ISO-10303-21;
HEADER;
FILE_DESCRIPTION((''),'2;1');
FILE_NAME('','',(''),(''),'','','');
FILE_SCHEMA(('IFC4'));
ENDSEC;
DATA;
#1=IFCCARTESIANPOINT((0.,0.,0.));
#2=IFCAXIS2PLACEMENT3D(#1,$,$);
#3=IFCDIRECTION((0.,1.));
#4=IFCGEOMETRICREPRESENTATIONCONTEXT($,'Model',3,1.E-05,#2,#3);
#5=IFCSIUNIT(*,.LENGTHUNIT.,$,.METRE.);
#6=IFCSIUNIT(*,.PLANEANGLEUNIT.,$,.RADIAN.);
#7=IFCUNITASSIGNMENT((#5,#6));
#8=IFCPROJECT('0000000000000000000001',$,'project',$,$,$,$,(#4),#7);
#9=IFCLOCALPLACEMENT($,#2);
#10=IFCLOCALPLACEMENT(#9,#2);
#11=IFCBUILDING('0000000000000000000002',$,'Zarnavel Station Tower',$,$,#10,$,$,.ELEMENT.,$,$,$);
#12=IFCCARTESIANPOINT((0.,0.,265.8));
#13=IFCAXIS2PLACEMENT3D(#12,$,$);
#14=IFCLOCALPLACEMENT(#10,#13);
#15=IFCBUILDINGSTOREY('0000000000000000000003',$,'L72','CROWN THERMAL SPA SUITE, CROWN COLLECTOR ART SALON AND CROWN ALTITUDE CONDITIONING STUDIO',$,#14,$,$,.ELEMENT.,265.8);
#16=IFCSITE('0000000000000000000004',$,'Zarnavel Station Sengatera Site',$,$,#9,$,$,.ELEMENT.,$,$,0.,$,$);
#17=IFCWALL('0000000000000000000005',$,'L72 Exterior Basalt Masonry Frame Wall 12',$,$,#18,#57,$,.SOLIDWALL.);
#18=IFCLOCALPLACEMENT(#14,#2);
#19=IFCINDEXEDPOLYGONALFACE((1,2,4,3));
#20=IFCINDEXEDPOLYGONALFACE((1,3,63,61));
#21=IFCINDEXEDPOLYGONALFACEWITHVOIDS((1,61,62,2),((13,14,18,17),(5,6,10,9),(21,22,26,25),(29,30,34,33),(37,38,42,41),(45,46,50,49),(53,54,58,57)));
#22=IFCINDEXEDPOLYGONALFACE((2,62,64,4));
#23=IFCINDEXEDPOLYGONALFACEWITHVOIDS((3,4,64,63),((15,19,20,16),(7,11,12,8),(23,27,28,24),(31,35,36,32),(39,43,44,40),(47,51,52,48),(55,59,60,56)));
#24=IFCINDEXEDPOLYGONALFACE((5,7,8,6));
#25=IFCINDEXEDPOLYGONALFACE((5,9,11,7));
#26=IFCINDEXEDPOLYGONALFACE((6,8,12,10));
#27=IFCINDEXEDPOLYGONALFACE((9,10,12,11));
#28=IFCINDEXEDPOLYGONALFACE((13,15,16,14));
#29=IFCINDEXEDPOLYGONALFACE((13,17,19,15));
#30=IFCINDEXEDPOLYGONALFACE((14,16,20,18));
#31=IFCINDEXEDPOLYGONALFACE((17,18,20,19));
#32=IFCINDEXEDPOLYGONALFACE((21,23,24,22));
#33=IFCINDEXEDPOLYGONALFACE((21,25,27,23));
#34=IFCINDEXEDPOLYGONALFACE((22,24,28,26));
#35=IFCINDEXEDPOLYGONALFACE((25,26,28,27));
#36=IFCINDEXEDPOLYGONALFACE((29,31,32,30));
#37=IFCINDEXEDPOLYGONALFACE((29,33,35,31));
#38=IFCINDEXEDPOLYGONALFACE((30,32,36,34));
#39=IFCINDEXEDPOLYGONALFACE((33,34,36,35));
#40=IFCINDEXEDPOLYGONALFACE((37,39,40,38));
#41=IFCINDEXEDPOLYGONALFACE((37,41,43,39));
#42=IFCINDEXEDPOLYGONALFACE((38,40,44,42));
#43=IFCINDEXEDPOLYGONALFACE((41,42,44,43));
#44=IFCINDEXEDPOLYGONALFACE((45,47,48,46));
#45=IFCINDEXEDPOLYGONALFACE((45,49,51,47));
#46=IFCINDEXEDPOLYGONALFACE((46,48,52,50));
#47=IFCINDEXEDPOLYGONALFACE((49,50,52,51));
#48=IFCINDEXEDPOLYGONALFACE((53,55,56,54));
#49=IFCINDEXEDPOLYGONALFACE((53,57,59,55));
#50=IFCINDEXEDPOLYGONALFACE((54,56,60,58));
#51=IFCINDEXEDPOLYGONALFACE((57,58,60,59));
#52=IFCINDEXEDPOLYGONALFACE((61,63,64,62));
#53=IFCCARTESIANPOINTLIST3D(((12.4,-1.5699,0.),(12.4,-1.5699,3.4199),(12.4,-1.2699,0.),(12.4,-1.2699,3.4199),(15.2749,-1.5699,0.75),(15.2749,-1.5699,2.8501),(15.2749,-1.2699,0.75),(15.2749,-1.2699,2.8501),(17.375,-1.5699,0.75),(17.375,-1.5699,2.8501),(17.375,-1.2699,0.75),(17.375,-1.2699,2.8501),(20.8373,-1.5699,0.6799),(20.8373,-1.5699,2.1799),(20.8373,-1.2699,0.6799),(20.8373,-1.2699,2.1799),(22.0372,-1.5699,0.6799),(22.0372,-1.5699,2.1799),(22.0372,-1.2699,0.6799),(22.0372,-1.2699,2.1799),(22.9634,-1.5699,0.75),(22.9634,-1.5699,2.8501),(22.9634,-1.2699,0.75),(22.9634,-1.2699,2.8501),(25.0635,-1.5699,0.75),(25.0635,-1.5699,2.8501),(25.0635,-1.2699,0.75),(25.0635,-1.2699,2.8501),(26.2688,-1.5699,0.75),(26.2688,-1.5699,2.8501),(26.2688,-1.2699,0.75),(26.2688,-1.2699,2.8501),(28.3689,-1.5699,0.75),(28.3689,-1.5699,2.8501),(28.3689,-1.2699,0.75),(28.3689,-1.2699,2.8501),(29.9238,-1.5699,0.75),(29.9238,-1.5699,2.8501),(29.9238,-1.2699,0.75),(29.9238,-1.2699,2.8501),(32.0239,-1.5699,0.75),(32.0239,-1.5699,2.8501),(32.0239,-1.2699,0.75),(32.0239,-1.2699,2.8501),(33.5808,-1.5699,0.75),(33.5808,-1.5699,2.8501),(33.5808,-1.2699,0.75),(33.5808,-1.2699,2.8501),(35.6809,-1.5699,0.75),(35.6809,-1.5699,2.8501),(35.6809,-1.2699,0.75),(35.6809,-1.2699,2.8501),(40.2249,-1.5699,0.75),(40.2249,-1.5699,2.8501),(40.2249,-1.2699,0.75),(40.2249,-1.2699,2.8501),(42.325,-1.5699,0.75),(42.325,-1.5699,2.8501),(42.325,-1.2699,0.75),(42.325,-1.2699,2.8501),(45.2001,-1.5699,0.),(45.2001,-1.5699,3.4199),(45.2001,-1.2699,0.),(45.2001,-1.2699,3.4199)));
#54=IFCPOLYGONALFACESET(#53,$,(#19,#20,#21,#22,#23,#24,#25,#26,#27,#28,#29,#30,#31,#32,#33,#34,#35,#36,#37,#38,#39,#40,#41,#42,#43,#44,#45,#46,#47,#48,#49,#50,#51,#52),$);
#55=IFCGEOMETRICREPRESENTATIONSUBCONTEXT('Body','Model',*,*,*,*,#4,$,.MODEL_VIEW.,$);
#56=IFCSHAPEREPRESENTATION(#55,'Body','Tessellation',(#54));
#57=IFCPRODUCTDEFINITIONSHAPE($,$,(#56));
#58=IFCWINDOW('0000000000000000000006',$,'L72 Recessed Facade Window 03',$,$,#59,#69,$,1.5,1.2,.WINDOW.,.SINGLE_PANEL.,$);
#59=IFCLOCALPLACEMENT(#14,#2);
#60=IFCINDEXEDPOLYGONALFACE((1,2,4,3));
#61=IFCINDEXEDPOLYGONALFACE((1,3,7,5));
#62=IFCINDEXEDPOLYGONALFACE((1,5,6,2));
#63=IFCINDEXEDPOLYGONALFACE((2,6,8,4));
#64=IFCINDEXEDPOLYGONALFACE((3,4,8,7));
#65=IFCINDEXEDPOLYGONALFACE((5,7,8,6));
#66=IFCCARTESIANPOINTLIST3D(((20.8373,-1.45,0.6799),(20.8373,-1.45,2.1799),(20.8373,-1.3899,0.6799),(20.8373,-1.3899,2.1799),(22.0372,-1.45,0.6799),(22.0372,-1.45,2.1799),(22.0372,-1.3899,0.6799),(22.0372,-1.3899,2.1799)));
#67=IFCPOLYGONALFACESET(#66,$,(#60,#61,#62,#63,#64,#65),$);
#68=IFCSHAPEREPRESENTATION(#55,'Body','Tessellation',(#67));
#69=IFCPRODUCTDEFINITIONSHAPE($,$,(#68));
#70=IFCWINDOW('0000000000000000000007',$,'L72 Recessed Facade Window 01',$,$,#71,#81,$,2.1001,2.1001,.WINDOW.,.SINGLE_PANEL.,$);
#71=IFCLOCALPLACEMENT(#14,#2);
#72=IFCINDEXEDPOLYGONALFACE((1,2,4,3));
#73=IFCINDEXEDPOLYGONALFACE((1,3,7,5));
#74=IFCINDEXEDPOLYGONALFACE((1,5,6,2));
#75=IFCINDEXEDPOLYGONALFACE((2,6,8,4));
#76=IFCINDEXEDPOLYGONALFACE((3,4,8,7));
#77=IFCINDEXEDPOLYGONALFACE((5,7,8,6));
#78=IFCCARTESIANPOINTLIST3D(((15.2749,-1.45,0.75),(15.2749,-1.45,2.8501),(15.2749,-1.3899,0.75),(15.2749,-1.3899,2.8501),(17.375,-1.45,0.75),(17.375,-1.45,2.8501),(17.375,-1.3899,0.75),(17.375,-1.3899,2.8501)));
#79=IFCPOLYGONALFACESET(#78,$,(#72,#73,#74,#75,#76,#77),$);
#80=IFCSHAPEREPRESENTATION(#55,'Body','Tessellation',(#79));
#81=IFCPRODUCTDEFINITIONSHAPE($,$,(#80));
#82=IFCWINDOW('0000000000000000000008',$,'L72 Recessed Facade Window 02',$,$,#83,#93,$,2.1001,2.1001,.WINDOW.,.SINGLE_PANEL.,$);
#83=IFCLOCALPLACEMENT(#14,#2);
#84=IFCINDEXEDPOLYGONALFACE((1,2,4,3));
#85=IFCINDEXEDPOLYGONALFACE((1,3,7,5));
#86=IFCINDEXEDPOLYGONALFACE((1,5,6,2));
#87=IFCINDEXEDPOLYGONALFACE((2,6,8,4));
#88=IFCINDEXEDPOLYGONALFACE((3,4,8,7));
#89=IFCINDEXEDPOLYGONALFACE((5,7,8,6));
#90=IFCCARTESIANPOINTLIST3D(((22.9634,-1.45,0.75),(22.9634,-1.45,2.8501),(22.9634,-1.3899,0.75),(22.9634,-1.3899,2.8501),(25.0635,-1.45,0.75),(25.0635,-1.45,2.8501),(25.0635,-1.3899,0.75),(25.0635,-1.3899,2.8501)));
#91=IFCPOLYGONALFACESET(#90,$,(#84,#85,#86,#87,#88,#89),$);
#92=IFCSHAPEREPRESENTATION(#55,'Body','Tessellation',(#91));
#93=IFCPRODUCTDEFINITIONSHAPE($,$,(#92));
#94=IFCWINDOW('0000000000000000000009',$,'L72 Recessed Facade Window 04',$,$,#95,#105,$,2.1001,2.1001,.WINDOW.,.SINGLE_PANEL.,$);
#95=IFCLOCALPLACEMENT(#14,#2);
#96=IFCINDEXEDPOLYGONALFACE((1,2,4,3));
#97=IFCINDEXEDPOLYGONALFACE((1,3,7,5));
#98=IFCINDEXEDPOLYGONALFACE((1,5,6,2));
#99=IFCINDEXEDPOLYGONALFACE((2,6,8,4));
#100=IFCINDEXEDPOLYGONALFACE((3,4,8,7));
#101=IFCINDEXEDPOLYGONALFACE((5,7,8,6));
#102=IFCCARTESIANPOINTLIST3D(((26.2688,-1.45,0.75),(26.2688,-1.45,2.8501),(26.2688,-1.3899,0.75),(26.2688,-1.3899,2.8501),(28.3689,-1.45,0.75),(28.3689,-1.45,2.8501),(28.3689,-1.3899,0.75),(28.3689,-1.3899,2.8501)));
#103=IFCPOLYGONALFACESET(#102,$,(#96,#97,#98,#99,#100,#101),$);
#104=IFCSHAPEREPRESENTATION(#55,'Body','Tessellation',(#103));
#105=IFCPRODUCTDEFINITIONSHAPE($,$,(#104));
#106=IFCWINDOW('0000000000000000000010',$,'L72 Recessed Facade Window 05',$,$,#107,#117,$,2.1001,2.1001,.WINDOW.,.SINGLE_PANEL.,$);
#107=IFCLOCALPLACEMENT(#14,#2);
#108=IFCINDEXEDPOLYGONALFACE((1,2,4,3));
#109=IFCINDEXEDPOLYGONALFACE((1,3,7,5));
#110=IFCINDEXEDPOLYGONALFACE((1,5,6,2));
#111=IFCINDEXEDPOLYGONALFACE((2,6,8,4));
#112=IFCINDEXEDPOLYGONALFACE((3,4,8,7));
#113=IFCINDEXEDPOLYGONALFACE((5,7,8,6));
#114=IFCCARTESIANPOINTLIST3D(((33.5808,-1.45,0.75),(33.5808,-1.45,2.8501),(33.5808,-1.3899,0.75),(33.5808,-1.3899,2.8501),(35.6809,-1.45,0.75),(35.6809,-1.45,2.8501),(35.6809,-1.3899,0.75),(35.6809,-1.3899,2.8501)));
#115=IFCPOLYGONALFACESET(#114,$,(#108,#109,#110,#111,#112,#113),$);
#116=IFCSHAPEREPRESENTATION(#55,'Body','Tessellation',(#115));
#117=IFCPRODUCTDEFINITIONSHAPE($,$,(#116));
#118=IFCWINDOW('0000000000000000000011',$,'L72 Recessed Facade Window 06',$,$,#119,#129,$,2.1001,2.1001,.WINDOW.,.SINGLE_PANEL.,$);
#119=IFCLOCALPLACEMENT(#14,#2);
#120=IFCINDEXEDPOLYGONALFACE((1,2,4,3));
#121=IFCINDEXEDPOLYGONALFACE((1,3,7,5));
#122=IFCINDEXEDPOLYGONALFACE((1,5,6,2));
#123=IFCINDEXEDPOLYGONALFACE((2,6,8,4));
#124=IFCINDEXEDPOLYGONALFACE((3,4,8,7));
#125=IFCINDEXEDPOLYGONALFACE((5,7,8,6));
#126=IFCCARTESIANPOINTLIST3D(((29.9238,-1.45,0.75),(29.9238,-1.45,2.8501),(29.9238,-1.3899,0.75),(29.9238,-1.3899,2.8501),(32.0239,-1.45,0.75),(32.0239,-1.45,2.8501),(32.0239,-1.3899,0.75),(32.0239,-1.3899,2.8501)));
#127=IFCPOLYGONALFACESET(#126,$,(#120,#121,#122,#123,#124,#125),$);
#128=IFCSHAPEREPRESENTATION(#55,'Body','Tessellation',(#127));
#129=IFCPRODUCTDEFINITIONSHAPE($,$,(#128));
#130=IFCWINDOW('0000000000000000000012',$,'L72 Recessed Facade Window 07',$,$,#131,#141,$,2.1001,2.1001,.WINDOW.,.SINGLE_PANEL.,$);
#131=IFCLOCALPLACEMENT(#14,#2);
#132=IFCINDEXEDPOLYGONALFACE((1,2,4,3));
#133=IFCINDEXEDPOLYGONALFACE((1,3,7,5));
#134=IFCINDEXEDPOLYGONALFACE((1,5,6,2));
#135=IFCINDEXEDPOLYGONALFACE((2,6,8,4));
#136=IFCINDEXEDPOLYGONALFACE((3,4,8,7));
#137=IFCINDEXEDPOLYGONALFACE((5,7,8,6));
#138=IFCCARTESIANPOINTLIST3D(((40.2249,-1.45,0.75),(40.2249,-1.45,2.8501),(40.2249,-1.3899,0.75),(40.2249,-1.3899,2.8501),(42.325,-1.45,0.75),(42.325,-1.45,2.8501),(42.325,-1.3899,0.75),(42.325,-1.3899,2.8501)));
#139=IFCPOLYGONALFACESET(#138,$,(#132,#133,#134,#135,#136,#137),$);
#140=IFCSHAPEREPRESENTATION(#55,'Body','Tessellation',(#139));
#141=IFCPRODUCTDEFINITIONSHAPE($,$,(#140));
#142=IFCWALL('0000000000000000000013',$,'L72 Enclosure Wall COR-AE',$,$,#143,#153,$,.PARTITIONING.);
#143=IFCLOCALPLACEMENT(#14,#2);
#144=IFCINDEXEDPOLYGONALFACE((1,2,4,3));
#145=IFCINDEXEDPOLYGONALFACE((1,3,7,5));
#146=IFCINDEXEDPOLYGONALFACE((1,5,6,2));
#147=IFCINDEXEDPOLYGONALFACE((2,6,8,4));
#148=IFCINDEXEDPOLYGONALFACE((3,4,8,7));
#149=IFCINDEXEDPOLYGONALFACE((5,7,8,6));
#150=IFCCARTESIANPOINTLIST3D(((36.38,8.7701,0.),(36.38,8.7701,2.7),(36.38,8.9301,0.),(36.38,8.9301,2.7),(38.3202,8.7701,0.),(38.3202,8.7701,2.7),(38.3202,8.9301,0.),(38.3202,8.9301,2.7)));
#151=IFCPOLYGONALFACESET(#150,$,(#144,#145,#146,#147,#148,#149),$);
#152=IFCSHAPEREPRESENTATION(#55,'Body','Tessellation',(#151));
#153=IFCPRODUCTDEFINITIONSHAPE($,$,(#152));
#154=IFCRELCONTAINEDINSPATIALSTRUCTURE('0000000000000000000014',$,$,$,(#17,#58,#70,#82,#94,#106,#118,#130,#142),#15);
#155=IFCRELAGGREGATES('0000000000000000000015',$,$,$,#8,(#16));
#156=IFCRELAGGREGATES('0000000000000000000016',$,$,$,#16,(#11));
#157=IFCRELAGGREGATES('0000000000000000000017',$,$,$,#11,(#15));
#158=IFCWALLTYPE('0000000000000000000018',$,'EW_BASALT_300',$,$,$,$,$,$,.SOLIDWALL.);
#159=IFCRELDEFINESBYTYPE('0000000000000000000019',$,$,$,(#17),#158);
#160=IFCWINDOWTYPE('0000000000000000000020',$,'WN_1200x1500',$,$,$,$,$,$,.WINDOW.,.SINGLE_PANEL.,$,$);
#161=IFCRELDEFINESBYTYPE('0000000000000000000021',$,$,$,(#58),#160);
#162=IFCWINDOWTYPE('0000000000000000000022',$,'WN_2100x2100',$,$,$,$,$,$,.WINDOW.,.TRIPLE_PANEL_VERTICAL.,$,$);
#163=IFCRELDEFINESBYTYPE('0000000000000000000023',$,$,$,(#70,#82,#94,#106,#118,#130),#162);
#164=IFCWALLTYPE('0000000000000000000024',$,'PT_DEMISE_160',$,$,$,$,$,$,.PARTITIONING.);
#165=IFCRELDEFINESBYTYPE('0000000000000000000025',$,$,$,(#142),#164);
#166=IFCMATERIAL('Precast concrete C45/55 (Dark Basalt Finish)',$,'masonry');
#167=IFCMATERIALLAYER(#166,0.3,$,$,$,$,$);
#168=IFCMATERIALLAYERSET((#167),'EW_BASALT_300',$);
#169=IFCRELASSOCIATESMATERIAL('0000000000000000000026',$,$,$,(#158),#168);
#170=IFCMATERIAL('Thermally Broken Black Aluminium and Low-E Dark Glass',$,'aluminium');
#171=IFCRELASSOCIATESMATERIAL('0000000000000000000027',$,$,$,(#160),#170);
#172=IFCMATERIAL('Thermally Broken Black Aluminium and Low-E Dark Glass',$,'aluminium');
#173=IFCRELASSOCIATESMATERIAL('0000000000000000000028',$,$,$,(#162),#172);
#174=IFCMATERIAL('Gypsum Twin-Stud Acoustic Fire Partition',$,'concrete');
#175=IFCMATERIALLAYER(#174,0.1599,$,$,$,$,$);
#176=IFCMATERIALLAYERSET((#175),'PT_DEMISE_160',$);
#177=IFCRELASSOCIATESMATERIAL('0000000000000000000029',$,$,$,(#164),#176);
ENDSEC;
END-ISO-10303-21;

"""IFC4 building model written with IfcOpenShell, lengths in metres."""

from ifc_helpers import new_model, si_unit, direction, frame, frame_2d, origin, place, context, subcontext, project, spatial, rectangle, extrude, material, layer, layer_set, type_object, element, fill, save


model = new_model("IFC4")

# Units and contexts
model_context = context("Model", 3, precision=1e-05, world=origin(), true_north=direction((0.0, 1.0)))
body_context = subcontext(model_context, "Body", "Model", "MODEL_VIEW")
ifc_project = project(units=[si_unit("LENGTHUNIT", "METRE"), si_unit("PLANEANGLEUNIT", "RADIAN")], contexts=[model_context])

# Site, building, storey
site_placement = place(None, origin())
site = spatial("IfcSite", under=ifc_project, at=site_placement, Name="Zarnavel Station Sengatera Site", CompositionType="ELEMENT", RefElevation=0.0)
building_placement = place(site_placement, origin())
building = spatial("IfcBuilding", under=site, at=building_placement, Name="Zarnavel Station Tower", CompositionType="ELEMENT")
storey_placement = place(building_placement, frame((0.0, 0.0, 265.8)))
storey = spatial("IfcBuildingStorey", under=building, at=storey_placement, Name="L72", Description="CROWN THERMAL SPA SUITE, CROWN COLLECTOR ART SALON AND CROWN ALTITUDE CONDITIONING STUDIO", CompositionType="ELEMENT", Elevation=265.8)

# Shared definitions
ifc_material_1 = material(Name="Precast concrete C45/55 (Dark Basalt Finish)", Category="masonry")
ifc_layer_1 = layer(ifc_material_1, 0.3)
ifc_layer_set_1 = layer_set([ifc_layer_1], Name="EW_BASALT_300")
wall_type_1 = type_object("IfcWallType", Name="EW_BASALT_300", PredefinedType="SOLIDWALL", material=ifc_layer_set_1)

# Wall, openings, windows
wall_1_placement = place(storey_placement, frame((45.2, -1.4199, 0.0), z_axis=(0.0, 0.0, 1.0), x_axis=(-1.0, 0.0, 0.0)))
wall_1 = element("IfcWall", 1, at=wall_1_placement, inside=storey, type_object=wall_type_1, Name="L72 Exterior Basalt Masonry Frame Wall 12", PredefinedType="SOLIDWALL", context=body_context, shape_type="SweptSolid", body=[
    extrude(rectangle(XDim=32.8, YDim=0.3, at=frame_2d((16.3999, 0.0))), origin(), (0.0, 0.0, 1.0), 3.4199),
])
opening_1_placement = place(wall_1_placement, frame((27.825, 0.0, 0.75)))
opening_1 = element("IfcOpeningElement", 2, at=opening_1_placement, cuts=wall_1, PredefinedType="OPENING", context=body_context, shape_type="SweptSolid", body=[
    extrude(rectangle(XDim=2.1001, YDim=2.1001, at=frame_2d((1.05, 1.05))), frame((0.0, 0.1599, 0.0), z_axis=(0.0, -1.0, 0.0), x_axis=(1.0, 0.0, 0.0)), (0.0, 0.0, 1.0), 0.3201),
])
opening_2_placement = place(wall_1_placement, frame((20.1365, 0.0, 0.75)))
opening_2 = element("IfcOpeningElement", 3, at=opening_2_placement, cuts=wall_1, PredefinedType="OPENING", context=body_context, shape_type="SweptSolid", body=[
    extrude(rectangle(XDim=2.1001, YDim=2.1001, at=frame_2d((1.05, 1.05))), frame((0.0, 0.1599, 0.0), z_axis=(0.0, -1.0, 0.0), x_axis=(1.0, 0.0, 0.0)), (0.0, 0.0, 1.0), 0.3201),
])
opening_3_placement = place(wall_1_placement, frame((23.1626, 0.0, 0.6799)))
opening_3 = element("IfcOpeningElement", 4, at=opening_3_placement, cuts=wall_1, PredefinedType="OPENING", context=body_context, shape_type="SweptSolid", body=[
    extrude(rectangle(XDim=1.2, YDim=1.5, at=frame_2d((0.6001, 0.75))), frame((0.0, 0.1599, 0.0), z_axis=(0.0, -1.0, 0.0), x_axis=(1.0, 0.0, 0.0)), (0.0, 0.0, 1.0), 0.3201),
])
opening_4_placement = place(wall_1_placement, frame((16.8311, 0.0, 0.75)))
opening_4 = element("IfcOpeningElement", 5, at=opening_4_placement, cuts=wall_1, PredefinedType="OPENING", context=body_context, shape_type="SweptSolid", body=[
    extrude(rectangle(XDim=2.1001, YDim=2.1001, at=frame_2d((1.05, 1.05))), frame((0.0, 0.1599, 0.0), z_axis=(0.0, -1.0, 0.0), x_axis=(1.0, 0.0, 0.0)), (0.0, 0.0, 1.0), 0.3201),
])
opening_5_placement = place(wall_1_placement, frame((9.519, 0.0, 0.75)))
opening_5 = element("IfcOpeningElement", 6, at=opening_5_placement, cuts=wall_1, PredefinedType="OPENING", context=body_context, shape_type="SweptSolid", body=[
    extrude(rectangle(XDim=2.1001, YDim=2.1001, at=frame_2d((1.05, 1.05))), frame((0.0, 0.1599, 0.0), z_axis=(0.0, -1.0, 0.0), x_axis=(1.0, 0.0, 0.0)), (0.0, 0.0, 1.0), 0.3201),
])
opening_6_placement = place(wall_1_placement, frame((13.176, 0.0, 0.75)))
opening_6 = element("IfcOpeningElement", 7, at=opening_6_placement, cuts=wall_1, PredefinedType="OPENING", context=body_context, shape_type="SweptSolid", body=[
    extrude(rectangle(XDim=2.1001, YDim=2.1001, at=frame_2d((1.05, 1.05))), frame((0.0, 0.1599, 0.0), z_axis=(0.0, -1.0, 0.0), x_axis=(1.0, 0.0, 0.0)), (0.0, 0.0, 1.0), 0.3201),
])
opening_7_placement = place(wall_1_placement, frame((2.875, 0.0, 0.75)))
opening_7 = element("IfcOpeningElement", 8, at=opening_7_placement, cuts=wall_1, PredefinedType="OPENING", context=body_context, shape_type="SweptSolid", body=[
    extrude(rectangle(XDim=2.1001, YDim=2.1001, at=frame_2d((1.05, 1.05))), frame((0.0, 0.1599, 0.0), z_axis=(0.0, -1.0, 0.0), x_axis=(1.0, 0.0, 0.0)), (0.0, 0.0, 1.0), 0.3201),
])
ifc_material_2 = material(Name="Thermally Broken Black Aluminium and Low-E Dark Glass", Category="aluminium")
window_type_1 = type_object("IfcWindowType", Name="WN_1200x1500", PartitioningType="SINGLE_PANEL", PredefinedType="WINDOW", material=ifc_material_2)
window_1_placement = place(opening_3_placement, origin())
window_1 = element("IfcWindow", 9, at=window_1_placement, inside=storey, type_object=window_type_1, Name="L72 Recessed Facade Window 03", OverallHeight=1.5, OverallWidth=1.2, PartitioningType="SINGLE_PANEL", PredefinedType="WINDOW", context=body_context, shape_type="SweptSolid", body=[
    extrude(rectangle(XDim=1.2, YDim=1.5, at=frame_2d((0.6001, 0.75))), frame((0.0, 0.03, 0.0), z_axis=(0.0, -1.0, 0.0), x_axis=(1.0, 0.0, 0.0)), (0.0, 0.0, 1.0), 0.0601),
])
fill(opening_3, window_1)
ifc_material_3 = material(Name="Thermally Broken Black Aluminium and Low-E Dark Glass", Category="aluminium")
window_type_2 = type_object("IfcWindowType", Name="WN_2100x2100", PartitioningType="TRIPLE_PANEL_VERTICAL", PredefinedType="WINDOW", material=ifc_material_3)
window_2_placement = place(opening_1_placement, origin())
window_2 = element("IfcWindow", 10, at=window_2_placement, inside=storey, type_object=window_type_2, Name="L72 Recessed Facade Window 01", OverallHeight=2.1001, OverallWidth=2.1001, PartitioningType="SINGLE_PANEL", PredefinedType="WINDOW", context=body_context, shape_type="SweptSolid", body=[
    extrude(rectangle(XDim=2.1001, YDim=2.1001, at=frame_2d((1.05, 1.05))), frame((0.0, 0.03, 0.0), z_axis=(0.0, -1.0, 0.0), x_axis=(1.0, 0.0, 0.0)), (0.0, 0.0, 1.0), 0.0601),
])
fill(opening_1, window_2)
window_3_placement = place(opening_2_placement, origin())
window_3 = element("IfcWindow", 11, at=window_3_placement, inside=storey, type_object=window_type_2, Name="L72 Recessed Facade Window 02", OverallHeight=2.1001, OverallWidth=2.1001, PartitioningType="SINGLE_PANEL", PredefinedType="WINDOW", context=body_context, shape_type="SweptSolid", body=[
    extrude(rectangle(XDim=2.1001, YDim=2.1001, at=frame_2d((1.05, 1.05))), frame((0.0, 0.03, 0.0), z_axis=(0.0, -1.0, 0.0), x_axis=(1.0, 0.0, 0.0)), (0.0, 0.0, 1.0), 0.0601),
])
fill(opening_2, window_3)
window_4_placement = place(opening_4_placement, origin())
window_4 = element("IfcWindow", 12, at=window_4_placement, inside=storey, type_object=window_type_2, Name="L72 Recessed Facade Window 04", OverallHeight=2.1001, OverallWidth=2.1001, PartitioningType="SINGLE_PANEL", PredefinedType="WINDOW", context=body_context, shape_type="SweptSolid", body=[
    extrude(rectangle(XDim=2.1001, YDim=2.1001, at=frame_2d((1.05, 1.05))), frame((0.0, 0.03, 0.0), z_axis=(0.0, -1.0, 0.0), x_axis=(1.0, 0.0, 0.0)), (0.0, 0.0, 1.0), 0.0601),
])
fill(opening_4, window_4)
window_5_placement = place(opening_5_placement, origin())
window_5 = element("IfcWindow", 13, at=window_5_placement, inside=storey, type_object=window_type_2, Name="L72 Recessed Facade Window 05", OverallHeight=2.1001, OverallWidth=2.1001, PartitioningType="SINGLE_PANEL", PredefinedType="WINDOW", context=body_context, shape_type="SweptSolid", body=[
    extrude(rectangle(XDim=2.1001, YDim=2.1001, at=frame_2d((1.05, 1.05))), frame((0.0, 0.03, 0.0), z_axis=(0.0, -1.0, 0.0), x_axis=(1.0, 0.0, 0.0)), (0.0, 0.0, 1.0), 0.0601),
])
fill(opening_5, window_5)
window_6_placement = place(opening_6_placement, origin())
window_6 = element("IfcWindow", 14, at=window_6_placement, inside=storey, type_object=window_type_2, Name="L72 Recessed Facade Window 06", OverallHeight=2.1001, OverallWidth=2.1001, PartitioningType="SINGLE_PANEL", PredefinedType="WINDOW", context=body_context, shape_type="SweptSolid", body=[
    extrude(rectangle(XDim=2.1001, YDim=2.1001, at=frame_2d((1.05, 1.05))), frame((0.0, 0.03, 0.0), z_axis=(0.0, -1.0, 0.0), x_axis=(1.0, 0.0, 0.0)), (0.0, 0.0, 1.0), 0.0601),
])
fill(opening_6, window_6)
window_7_placement = place(opening_7_placement, origin())
window_7 = element("IfcWindow", 15, at=window_7_placement, inside=storey, type_object=window_type_2, Name="L72 Recessed Facade Window 07", OverallHeight=2.1001, OverallWidth=2.1001, PartitioningType="SINGLE_PANEL", PredefinedType="WINDOW", context=body_context, shape_type="SweptSolid", body=[
    extrude(rectangle(XDim=2.1001, YDim=2.1001, at=frame_2d((1.05, 1.05))), frame((0.0, 0.03, 0.0), z_axis=(0.0, -1.0, 0.0), x_axis=(1.0, 0.0, 0.0)), (0.0, 0.0, 1.0), 0.0601),
])
fill(opening_7, window_7)

# Wall
ifc_material_4 = material(Name="Gypsum Twin-Stud Acoustic Fire Partition", Category="concrete")
ifc_layer_2 = layer(ifc_material_4, 0.1599)
ifc_layer_set_2 = layer_set([ifc_layer_2], Name="PT_DEMISE_160")
wall_type_2 = type_object("IfcWallType", Name="PT_DEMISE_160", PredefinedType="PARTITIONING", material=ifc_layer_set_2)
wall_2_placement = place(storey_placement, frame((36.3799, 8.8501, 0.0), z_axis=(0.0, 0.0, 1.0), x_axis=(1.0, 0.0, 0.0)))
element("IfcWall", 16, at=wall_2_placement, inside=storey, type_object=wall_type_2, Name="L72 Enclosure Wall COR-AE", PredefinedType="PARTITIONING", context=body_context, shape_type="SweptSolid", body=[
    extrude(rectangle(XDim=1.9402, YDim=0.1599, at=frame_2d((0.9702, 0.0))), origin(), (0.0, 0.0, 1.0), 2.7),
])

save(model, "model.ifc")
